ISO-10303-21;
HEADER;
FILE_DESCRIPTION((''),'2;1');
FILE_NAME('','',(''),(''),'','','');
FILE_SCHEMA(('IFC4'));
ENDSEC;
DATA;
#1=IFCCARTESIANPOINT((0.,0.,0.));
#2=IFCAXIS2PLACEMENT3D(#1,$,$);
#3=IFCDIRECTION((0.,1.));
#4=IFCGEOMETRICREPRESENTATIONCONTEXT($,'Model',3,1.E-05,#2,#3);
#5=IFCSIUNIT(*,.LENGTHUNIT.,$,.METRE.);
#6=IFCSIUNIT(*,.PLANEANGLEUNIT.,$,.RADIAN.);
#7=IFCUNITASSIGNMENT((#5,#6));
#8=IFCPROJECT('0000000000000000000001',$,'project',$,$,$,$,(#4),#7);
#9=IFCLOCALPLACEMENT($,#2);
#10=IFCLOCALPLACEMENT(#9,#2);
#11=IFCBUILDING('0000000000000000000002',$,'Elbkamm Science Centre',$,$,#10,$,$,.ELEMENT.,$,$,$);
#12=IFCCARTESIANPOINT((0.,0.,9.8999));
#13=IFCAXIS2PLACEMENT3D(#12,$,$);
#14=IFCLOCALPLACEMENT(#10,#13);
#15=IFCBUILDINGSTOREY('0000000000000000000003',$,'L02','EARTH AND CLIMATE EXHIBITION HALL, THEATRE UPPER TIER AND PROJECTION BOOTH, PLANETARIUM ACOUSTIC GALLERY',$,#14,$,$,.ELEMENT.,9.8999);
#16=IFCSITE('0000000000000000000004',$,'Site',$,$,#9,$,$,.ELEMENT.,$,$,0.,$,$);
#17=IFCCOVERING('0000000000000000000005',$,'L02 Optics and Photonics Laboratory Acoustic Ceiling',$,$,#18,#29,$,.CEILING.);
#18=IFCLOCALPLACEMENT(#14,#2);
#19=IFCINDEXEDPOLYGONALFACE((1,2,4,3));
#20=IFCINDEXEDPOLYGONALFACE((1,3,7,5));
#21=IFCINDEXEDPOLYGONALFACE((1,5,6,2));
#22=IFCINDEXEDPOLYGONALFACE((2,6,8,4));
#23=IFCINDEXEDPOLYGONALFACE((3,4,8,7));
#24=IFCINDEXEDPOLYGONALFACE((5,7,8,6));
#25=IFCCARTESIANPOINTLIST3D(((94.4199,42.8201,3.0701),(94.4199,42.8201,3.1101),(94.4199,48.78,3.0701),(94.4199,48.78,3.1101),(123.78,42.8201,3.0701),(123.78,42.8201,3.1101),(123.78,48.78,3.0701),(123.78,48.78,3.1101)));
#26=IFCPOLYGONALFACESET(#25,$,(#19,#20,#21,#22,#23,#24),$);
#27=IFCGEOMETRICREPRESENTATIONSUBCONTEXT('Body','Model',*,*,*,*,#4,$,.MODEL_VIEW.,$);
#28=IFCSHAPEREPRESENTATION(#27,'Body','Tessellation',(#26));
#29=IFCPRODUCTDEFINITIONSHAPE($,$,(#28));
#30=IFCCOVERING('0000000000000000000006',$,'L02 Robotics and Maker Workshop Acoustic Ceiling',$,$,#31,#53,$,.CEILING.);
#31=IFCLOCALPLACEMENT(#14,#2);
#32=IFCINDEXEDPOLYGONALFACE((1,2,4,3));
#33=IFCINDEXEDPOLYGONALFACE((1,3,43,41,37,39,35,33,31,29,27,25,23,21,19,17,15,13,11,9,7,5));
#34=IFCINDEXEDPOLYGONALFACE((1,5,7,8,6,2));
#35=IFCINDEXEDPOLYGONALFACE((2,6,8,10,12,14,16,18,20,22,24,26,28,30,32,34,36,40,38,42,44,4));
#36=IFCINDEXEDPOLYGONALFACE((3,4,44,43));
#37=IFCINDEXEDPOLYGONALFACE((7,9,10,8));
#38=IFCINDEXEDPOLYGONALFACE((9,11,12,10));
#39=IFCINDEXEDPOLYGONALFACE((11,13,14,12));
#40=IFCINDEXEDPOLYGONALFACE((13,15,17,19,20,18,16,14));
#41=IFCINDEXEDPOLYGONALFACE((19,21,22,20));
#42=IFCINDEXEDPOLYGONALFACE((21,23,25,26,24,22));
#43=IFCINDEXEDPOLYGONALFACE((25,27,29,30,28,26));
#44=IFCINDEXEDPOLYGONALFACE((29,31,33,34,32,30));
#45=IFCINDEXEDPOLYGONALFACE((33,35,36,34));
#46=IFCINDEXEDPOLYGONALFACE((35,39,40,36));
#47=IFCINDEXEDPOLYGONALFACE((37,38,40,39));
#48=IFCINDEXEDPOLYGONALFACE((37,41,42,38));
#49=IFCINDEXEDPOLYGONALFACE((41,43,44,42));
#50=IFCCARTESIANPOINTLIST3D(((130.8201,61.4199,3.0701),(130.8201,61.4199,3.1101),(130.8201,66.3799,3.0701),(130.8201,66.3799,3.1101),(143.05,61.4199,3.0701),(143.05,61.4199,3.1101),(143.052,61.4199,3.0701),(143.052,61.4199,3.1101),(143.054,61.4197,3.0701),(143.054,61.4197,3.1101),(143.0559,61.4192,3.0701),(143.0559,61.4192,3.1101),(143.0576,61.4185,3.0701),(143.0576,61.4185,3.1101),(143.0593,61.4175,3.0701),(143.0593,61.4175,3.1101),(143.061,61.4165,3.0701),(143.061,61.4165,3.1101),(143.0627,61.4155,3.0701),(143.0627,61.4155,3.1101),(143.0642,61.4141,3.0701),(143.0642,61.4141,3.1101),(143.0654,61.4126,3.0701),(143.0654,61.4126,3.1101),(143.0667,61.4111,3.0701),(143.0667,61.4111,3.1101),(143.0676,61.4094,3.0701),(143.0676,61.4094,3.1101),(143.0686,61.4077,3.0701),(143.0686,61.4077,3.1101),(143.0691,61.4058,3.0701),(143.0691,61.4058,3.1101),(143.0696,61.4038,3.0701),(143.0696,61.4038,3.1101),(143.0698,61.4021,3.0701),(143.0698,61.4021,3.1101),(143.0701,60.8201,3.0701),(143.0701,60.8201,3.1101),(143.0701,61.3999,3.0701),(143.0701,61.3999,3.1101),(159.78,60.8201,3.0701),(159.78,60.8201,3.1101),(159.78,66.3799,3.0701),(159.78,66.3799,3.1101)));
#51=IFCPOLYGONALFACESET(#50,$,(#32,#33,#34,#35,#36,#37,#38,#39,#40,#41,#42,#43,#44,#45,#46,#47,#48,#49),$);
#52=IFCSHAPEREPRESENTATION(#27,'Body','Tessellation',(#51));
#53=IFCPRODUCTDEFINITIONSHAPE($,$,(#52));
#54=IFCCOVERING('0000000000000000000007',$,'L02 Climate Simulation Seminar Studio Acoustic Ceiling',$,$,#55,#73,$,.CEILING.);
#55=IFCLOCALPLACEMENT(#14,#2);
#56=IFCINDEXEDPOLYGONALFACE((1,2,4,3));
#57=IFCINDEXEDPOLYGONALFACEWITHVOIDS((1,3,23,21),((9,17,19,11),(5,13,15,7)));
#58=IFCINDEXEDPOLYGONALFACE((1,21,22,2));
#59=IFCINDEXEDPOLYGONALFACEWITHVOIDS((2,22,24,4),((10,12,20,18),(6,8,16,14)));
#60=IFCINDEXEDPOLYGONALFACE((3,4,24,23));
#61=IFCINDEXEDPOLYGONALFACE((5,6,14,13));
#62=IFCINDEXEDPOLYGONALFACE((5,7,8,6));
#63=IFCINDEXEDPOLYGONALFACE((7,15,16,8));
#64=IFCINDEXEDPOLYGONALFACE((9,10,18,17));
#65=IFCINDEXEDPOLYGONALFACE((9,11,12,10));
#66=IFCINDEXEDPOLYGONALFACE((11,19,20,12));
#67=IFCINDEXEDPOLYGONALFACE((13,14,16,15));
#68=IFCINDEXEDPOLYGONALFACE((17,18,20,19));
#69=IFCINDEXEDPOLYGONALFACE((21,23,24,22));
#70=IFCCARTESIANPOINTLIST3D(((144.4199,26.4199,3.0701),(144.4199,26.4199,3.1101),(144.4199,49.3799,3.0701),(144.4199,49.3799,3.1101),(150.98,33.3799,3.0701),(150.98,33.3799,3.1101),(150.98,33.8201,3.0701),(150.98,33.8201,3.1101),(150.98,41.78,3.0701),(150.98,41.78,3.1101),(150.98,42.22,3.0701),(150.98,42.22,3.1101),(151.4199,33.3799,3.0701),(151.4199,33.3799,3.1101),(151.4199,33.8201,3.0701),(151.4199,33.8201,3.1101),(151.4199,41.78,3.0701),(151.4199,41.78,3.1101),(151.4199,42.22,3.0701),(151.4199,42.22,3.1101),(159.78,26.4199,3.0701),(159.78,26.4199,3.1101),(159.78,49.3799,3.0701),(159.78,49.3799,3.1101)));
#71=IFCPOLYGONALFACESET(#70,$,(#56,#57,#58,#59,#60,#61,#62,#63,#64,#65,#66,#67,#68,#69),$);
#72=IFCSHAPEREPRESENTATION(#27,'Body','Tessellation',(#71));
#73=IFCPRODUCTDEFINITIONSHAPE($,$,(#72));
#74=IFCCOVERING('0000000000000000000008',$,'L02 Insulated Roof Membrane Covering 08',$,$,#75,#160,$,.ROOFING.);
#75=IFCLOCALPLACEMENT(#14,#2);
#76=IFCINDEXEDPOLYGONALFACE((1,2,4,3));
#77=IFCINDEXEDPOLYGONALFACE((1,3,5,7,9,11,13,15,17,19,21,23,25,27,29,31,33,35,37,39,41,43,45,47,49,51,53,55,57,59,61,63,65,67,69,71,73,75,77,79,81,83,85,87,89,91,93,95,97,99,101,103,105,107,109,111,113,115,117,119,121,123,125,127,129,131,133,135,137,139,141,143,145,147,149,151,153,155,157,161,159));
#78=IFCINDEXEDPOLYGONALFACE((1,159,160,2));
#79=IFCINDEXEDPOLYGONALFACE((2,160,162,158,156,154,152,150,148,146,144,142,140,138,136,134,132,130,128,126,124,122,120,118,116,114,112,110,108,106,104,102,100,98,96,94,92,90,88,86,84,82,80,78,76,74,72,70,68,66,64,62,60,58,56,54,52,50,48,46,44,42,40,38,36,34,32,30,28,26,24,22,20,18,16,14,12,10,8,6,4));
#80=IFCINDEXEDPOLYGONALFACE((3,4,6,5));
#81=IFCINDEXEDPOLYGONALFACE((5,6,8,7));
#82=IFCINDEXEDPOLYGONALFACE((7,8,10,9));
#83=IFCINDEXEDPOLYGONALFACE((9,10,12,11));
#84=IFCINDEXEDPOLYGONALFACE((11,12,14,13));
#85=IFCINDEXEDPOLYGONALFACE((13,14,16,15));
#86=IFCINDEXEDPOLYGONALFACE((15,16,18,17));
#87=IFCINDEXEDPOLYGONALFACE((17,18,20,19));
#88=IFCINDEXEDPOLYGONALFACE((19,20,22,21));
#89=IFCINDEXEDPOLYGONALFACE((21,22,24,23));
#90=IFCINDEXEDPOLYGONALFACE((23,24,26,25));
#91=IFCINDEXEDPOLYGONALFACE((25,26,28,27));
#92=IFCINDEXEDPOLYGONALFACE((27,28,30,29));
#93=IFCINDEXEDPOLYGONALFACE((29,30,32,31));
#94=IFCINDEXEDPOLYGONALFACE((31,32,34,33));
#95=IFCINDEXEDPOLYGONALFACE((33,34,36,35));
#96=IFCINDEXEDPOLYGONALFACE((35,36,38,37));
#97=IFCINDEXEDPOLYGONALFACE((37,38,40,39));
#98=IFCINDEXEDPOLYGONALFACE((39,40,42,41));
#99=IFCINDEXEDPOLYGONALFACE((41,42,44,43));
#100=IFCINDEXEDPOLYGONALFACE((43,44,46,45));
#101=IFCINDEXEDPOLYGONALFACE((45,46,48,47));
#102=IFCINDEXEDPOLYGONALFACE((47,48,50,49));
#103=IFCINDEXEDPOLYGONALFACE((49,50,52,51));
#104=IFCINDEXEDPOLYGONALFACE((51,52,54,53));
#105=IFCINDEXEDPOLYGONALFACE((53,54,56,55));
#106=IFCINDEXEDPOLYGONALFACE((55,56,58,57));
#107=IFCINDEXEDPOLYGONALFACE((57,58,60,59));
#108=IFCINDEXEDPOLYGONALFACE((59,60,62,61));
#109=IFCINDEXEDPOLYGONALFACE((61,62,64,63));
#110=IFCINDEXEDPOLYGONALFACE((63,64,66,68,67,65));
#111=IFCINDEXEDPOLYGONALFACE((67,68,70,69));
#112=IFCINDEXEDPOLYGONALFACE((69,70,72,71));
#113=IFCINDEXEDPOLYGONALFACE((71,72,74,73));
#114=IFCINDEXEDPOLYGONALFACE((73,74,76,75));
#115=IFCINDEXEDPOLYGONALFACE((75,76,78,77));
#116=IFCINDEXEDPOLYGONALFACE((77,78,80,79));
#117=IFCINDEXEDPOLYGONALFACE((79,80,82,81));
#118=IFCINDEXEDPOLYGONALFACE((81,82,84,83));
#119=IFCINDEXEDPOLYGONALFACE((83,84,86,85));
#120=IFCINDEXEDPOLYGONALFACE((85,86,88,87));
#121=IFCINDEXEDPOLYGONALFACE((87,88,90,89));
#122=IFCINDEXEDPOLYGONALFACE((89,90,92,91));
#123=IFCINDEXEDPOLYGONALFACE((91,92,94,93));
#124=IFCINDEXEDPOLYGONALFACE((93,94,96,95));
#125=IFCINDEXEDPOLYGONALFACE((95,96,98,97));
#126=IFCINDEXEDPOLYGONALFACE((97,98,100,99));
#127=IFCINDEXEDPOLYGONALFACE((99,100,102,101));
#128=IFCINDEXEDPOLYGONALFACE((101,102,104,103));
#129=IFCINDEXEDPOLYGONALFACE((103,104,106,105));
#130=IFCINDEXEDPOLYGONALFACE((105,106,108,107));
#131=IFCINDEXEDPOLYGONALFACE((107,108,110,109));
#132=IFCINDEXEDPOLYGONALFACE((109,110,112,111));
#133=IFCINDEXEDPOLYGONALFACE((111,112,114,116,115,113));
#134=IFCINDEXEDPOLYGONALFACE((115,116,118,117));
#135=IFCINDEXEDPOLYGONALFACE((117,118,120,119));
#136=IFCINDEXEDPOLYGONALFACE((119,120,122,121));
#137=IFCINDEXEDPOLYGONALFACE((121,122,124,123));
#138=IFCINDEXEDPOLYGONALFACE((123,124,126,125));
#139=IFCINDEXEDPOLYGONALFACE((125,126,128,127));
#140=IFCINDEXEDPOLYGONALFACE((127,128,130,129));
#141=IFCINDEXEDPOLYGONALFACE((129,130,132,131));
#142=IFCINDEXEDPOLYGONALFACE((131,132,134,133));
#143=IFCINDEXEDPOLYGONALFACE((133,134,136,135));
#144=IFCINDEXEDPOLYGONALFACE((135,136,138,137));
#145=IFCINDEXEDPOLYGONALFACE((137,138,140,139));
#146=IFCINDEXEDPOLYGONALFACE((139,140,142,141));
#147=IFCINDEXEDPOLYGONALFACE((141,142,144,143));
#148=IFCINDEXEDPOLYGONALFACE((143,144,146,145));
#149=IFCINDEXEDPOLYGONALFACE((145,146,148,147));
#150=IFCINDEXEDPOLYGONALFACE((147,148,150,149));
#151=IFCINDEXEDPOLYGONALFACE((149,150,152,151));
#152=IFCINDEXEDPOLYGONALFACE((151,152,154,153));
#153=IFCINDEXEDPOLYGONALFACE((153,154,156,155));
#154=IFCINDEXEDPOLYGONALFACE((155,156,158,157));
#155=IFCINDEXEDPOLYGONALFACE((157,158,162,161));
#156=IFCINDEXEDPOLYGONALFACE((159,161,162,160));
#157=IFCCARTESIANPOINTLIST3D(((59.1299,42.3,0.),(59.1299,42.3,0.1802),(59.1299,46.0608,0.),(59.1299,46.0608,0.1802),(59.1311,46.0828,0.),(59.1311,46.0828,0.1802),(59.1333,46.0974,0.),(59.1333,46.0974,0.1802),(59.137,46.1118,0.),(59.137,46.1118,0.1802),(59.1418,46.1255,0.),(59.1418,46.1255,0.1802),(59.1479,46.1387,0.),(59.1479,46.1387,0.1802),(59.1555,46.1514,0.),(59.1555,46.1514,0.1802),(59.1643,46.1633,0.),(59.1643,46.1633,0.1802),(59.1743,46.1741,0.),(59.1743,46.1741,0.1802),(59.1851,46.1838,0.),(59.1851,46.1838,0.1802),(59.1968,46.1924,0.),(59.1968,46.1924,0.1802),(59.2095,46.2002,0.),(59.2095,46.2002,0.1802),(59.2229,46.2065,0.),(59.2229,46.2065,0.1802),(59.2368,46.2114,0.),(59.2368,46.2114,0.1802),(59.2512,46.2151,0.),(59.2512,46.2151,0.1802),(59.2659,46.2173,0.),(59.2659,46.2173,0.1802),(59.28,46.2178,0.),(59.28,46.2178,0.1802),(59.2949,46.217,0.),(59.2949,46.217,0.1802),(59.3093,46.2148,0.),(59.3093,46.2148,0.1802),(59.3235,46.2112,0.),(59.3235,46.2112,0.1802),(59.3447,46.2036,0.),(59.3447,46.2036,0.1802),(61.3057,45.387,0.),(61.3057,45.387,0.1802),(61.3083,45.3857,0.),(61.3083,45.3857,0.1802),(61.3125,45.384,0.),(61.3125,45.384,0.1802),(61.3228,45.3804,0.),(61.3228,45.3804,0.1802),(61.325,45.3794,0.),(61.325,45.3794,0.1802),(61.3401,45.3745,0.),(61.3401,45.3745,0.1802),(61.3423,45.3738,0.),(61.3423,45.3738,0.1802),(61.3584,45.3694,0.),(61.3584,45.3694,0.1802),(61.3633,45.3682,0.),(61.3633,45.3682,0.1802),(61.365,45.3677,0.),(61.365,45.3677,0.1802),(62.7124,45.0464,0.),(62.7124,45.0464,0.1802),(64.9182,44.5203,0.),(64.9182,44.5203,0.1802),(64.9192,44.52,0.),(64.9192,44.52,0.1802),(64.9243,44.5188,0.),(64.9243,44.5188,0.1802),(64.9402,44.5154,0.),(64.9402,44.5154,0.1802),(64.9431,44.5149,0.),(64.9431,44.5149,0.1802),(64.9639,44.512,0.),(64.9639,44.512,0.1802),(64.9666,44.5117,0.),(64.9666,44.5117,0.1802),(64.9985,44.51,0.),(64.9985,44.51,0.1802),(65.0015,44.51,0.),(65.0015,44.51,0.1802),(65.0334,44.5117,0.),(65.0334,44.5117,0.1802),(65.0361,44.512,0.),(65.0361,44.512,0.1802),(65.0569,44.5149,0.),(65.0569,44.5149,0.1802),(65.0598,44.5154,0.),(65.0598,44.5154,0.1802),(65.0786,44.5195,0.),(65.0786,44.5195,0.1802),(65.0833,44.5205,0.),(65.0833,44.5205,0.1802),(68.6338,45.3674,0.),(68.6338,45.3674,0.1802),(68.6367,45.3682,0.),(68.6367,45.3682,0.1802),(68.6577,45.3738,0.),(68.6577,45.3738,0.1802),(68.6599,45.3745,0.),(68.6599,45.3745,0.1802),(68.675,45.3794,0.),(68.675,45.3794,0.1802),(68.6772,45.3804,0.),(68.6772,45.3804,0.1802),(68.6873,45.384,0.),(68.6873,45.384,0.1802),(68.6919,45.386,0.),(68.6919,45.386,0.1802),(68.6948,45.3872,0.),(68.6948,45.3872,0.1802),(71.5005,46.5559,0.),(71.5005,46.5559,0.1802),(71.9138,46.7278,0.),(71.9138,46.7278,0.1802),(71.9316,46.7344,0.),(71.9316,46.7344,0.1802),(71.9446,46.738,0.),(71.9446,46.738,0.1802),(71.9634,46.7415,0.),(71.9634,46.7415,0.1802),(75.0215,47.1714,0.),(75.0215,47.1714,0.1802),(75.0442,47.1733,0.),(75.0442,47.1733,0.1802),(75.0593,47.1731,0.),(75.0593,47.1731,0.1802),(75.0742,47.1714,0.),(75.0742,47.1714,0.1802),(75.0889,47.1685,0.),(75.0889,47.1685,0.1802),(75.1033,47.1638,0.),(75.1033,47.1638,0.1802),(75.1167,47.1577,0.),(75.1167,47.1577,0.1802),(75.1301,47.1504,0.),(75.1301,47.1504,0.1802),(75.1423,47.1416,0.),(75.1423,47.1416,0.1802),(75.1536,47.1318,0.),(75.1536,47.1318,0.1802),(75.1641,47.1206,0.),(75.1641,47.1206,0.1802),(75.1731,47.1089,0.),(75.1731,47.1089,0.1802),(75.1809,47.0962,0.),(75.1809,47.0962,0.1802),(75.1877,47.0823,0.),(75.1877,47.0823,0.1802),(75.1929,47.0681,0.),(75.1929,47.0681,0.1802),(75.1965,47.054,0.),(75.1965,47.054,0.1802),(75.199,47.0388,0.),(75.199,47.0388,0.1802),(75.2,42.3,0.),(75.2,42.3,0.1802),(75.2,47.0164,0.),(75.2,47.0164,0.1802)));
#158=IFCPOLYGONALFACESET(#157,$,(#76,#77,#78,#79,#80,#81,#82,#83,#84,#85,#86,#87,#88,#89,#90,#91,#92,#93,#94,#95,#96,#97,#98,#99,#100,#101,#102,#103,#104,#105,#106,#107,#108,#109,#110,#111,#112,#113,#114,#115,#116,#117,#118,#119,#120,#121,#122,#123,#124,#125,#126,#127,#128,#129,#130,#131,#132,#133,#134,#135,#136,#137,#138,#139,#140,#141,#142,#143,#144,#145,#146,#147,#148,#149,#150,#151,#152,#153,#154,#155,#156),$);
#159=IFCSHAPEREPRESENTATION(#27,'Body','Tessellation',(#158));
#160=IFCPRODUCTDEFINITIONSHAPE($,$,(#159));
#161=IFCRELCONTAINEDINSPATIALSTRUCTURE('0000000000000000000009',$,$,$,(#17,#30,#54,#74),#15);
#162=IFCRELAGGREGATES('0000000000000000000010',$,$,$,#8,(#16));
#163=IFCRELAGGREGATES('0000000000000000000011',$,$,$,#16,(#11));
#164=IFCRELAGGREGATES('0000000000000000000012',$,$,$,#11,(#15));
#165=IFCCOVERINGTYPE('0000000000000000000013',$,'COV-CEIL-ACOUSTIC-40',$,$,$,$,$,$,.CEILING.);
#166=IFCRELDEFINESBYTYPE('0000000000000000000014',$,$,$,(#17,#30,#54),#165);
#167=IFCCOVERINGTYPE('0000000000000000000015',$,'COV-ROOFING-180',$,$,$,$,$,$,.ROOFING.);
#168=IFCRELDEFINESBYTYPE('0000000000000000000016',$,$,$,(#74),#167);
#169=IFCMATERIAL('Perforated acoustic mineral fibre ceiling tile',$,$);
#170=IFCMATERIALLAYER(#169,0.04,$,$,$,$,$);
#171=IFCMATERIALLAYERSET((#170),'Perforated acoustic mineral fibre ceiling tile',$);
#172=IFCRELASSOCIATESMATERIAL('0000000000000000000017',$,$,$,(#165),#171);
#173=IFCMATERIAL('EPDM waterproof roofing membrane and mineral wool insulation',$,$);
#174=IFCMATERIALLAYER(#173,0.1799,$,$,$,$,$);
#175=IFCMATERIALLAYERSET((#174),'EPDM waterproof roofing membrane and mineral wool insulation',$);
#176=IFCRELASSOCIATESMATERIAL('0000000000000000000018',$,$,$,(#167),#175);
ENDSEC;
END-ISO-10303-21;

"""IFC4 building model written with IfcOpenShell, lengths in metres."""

from ifc_helpers import new_model, si_unit, direction, frame, origin, place, context, subcontext, project, spatial, polyline, outline, extrude, material, layer, layer_set, type_object, element, save


model = new_model("IFC4")

# Units and contexts
model_context = context("Model", 3, precision=1e-05, world=origin(), true_north=direction((0.0, 1.0)))
body_context = subcontext(model_context, "Body", "Model", "MODEL_VIEW")
ifc_project = project(units=[si_unit("LENGTHUNIT", "METRE"), si_unit("PLANEANGLEUNIT", "RADIAN")], contexts=[model_context])

# Site, building, storey
site_placement = place(None, origin())
site = spatial("IfcSite", under=ifc_project, at=site_placement, Name="Site", CompositionType="ELEMENT", RefElevation=0.0)
building_placement = place(site_placement, origin())
building = spatial("IfcBuilding", under=site, at=building_placement, Name="Elbkamm Science Centre", CompositionType="ELEMENT")
storey_placement = place(building_placement, frame((0.0, 0.0, 9.8999)))
storey = spatial("IfcBuildingStorey", under=building, at=storey_placement, Name="L02", Description="EARTH AND CLIMATE EXHIBITION HALL, THEATRE UPPER TIER AND PROJECTION BOOTH, PLANETARIUM ACOUSTIC GALLERY", CompositionType="ELEMENT", Elevation=9.8999)

# Coverings
ifc_material_1 = material(Name="Perforated acoustic mineral fibre ceiling tile")
ifc_layer_1 = layer(ifc_material_1, 0.04)
ifc_layer_set_1 = layer_set([ifc_layer_1], Name="Perforated acoustic mineral fibre ceiling tile")
covering_type_1 = type_object("IfcCoveringType", Name="COV-CEIL-ACOUSTIC-40", PredefinedType="CEILING", material=ifc_layer_set_1)
covering_1_placement = place(storey_placement, frame((0.0, 0.0, 3.0701)))
element("IfcCovering", 1, at=covering_1_placement, inside=storey, type_object=covering_type_1, Name="L02 Optics and Photonics Laboratory Acoustic Ceiling", PredefinedType="CEILING", context=body_context, shape_type="SweptSolid", body=[
    extrude(outline(polyline([(94.4199, 42.8201), (94.4199, 48.78), (123.78, 48.78), (123.78, 42.8201), (94.4199, 42.8201)])), origin(), (0.0, 0.0, 1.0), 0.04),
])
covering_2_placement = place(storey_placement, frame((0.0, 0.0, 3.0701)))
element("IfcCovering", 2, at=covering_2_placement, inside=storey, type_object=covering_type_1, Name="L02 Robotics and Maker Workshop Acoustic Ceiling", PredefinedType="CEILING", context=body_context, shape_type="SweptSolid", body=[
    extrude(outline(polyline([(143.0627, 61.4155), (143.061, 61.4165), (143.0593, 61.4175), (143.0576, 61.4185), (143.0559, 61.4192), (143.054, 61.4197), (143.052, 61.4199), (143.05, 61.4199), (130.8201, 61.4199), (130.8201, 66.3799), (159.78, 66.3799), (159.78, 60.8201), (143.0701, 60.8201), (143.0701, 61.3999), (143.0698, 61.4021), (143.0696, 61.4038), (143.0691, 61.4058), (143.0686, 61.4077), (143.0676, 61.4094), (143.0667, 61.4111), (143.0654, 61.4126), (143.0642, 61.4141), (143.0627, 61.4155)])), origin(), (0.0, 0.0, 1.0), 0.04),
])
covering_3_placement = place(storey_placement, frame((0.0, 0.0, 3.0701)))
element("IfcCovering", 3, at=covering_3_placement, inside=storey, type_object=covering_type_1, Name="L02 Climate Simulation Seminar Studio Acoustic Ceiling", PredefinedType="CEILING", context=body_context, shape_type="SweptSolid", body=[
    extrude(outline(polyline([(144.4199, 26.4199), (144.4199, 49.3799), (159.78, 49.3799), (159.78, 26.4199), (144.4199, 26.4199)]), holes=[polyline([(150.98, 33.3799), (151.4199, 33.3799), (151.4199, 33.8201), (150.98, 33.8201), (150.98, 33.3799)]), polyline([(150.98, 42.22), (150.98, 41.78), (151.4199, 41.78), (151.4199, 42.22), (150.98, 42.22)])]), origin(), (0.0, 0.0, 1.0), 0.04),
])
ifc_material_2 = material(Name="EPDM waterproof roofing membrane and mineral wool insulation")
ifc_layer_2 = layer(ifc_material_2, 0.1799)
ifc_layer_set_2 = layer_set([ifc_layer_2], Name="EPDM waterproof roofing membrane and mineral wool insulation")
covering_type_2 = type_object("IfcCoveringType", Name="COV-ROOFING-180", PredefinedType="ROOFING", material=ifc_layer_set_2)
covering_4_placement = place(storey_placement, origin())
element("IfcCovering", 4, at=covering_4_placement, inside=storey, type_object=covering_type_2, Name="L02 Insulated Roof Membrane Covering 08", PredefinedType="ROOFING", context=body_context, shape_type="SweptSolid", body=[
    extrude(outline(polyline([(59.1299, 42.3), (59.1299, 46.0608), (59.1311, 46.0828), (59.1333, 46.0974), (59.137, 46.1118), (59.1418, 46.1255), (59.1479, 46.1387), (59.1555, 46.1514), (59.1643, 46.1633), (59.1743, 46.1741), (59.1851, 46.1838), (59.1968, 46.1924), (59.2095, 46.2002), (59.2229, 46.2065), (59.2368, 46.2114), (59.2512, 46.2151), (59.2659, 46.2173), (59.28, 46.2178), (59.2949, 46.217), (59.3093, 46.2148), (59.3235, 46.2112), (59.3447, 46.2036), (61.3057, 45.387), (61.3083, 45.3857), (61.3125, 45.384), (61.3228, 45.3804), (61.325, 45.3794), (61.3401, 45.3745), (61.3423, 45.3738), (61.3584, 45.3694), (61.3633, 45.3682), (61.365, 45.3677), (62.7124, 45.0464), (64.9182, 44.5203), (64.9192, 44.52), (64.9243, 44.5188), (64.9402, 44.5154), (64.9431, 44.5149), (64.9639, 44.512), (64.9666, 44.5117), (64.9985, 44.51), (65.0015, 44.51), (65.0334, 44.5117), (65.0361, 44.512), (65.0569, 44.5149), (65.0598, 44.5154), (65.0786, 44.5195), (65.0833, 44.5205), (68.6338, 45.3674), (68.6367, 45.3682), (68.6577, 45.3738), (68.6599, 45.3745), (68.675, 45.3794), (68.6772, 45.3804), (68.6873, 45.384), (68.6919, 45.386), (68.6948, 45.3872), (71.5005, 46.5559), (71.9138, 46.7278), (71.9316, 46.7344), (71.9446, 46.738), (71.9634, 46.7415), (75.0215, 47.1714), (75.0442, 47.1733), (75.0593, 47.1731), (75.0742, 47.1714), (75.0889, 47.1685), (75.1033, 47.1638), (75.1167, 47.1577), (75.1301, 47.1504), (75.1423, 47.1416), (75.1536, 47.1318), (75.1641, 47.1206), (75.1731, 47.1089), (75.1809, 47.0962), (75.1877, 47.0823), (75.1929, 47.0681), (75.1965, 47.054), (75.199, 47.0388), (75.2, 47.0164), (75.2, 42.3), (59.1299, 42.3)])), origin(), (0.0, 0.0, 1.0), 0.1802),
])

save(model, "model.ifc")
